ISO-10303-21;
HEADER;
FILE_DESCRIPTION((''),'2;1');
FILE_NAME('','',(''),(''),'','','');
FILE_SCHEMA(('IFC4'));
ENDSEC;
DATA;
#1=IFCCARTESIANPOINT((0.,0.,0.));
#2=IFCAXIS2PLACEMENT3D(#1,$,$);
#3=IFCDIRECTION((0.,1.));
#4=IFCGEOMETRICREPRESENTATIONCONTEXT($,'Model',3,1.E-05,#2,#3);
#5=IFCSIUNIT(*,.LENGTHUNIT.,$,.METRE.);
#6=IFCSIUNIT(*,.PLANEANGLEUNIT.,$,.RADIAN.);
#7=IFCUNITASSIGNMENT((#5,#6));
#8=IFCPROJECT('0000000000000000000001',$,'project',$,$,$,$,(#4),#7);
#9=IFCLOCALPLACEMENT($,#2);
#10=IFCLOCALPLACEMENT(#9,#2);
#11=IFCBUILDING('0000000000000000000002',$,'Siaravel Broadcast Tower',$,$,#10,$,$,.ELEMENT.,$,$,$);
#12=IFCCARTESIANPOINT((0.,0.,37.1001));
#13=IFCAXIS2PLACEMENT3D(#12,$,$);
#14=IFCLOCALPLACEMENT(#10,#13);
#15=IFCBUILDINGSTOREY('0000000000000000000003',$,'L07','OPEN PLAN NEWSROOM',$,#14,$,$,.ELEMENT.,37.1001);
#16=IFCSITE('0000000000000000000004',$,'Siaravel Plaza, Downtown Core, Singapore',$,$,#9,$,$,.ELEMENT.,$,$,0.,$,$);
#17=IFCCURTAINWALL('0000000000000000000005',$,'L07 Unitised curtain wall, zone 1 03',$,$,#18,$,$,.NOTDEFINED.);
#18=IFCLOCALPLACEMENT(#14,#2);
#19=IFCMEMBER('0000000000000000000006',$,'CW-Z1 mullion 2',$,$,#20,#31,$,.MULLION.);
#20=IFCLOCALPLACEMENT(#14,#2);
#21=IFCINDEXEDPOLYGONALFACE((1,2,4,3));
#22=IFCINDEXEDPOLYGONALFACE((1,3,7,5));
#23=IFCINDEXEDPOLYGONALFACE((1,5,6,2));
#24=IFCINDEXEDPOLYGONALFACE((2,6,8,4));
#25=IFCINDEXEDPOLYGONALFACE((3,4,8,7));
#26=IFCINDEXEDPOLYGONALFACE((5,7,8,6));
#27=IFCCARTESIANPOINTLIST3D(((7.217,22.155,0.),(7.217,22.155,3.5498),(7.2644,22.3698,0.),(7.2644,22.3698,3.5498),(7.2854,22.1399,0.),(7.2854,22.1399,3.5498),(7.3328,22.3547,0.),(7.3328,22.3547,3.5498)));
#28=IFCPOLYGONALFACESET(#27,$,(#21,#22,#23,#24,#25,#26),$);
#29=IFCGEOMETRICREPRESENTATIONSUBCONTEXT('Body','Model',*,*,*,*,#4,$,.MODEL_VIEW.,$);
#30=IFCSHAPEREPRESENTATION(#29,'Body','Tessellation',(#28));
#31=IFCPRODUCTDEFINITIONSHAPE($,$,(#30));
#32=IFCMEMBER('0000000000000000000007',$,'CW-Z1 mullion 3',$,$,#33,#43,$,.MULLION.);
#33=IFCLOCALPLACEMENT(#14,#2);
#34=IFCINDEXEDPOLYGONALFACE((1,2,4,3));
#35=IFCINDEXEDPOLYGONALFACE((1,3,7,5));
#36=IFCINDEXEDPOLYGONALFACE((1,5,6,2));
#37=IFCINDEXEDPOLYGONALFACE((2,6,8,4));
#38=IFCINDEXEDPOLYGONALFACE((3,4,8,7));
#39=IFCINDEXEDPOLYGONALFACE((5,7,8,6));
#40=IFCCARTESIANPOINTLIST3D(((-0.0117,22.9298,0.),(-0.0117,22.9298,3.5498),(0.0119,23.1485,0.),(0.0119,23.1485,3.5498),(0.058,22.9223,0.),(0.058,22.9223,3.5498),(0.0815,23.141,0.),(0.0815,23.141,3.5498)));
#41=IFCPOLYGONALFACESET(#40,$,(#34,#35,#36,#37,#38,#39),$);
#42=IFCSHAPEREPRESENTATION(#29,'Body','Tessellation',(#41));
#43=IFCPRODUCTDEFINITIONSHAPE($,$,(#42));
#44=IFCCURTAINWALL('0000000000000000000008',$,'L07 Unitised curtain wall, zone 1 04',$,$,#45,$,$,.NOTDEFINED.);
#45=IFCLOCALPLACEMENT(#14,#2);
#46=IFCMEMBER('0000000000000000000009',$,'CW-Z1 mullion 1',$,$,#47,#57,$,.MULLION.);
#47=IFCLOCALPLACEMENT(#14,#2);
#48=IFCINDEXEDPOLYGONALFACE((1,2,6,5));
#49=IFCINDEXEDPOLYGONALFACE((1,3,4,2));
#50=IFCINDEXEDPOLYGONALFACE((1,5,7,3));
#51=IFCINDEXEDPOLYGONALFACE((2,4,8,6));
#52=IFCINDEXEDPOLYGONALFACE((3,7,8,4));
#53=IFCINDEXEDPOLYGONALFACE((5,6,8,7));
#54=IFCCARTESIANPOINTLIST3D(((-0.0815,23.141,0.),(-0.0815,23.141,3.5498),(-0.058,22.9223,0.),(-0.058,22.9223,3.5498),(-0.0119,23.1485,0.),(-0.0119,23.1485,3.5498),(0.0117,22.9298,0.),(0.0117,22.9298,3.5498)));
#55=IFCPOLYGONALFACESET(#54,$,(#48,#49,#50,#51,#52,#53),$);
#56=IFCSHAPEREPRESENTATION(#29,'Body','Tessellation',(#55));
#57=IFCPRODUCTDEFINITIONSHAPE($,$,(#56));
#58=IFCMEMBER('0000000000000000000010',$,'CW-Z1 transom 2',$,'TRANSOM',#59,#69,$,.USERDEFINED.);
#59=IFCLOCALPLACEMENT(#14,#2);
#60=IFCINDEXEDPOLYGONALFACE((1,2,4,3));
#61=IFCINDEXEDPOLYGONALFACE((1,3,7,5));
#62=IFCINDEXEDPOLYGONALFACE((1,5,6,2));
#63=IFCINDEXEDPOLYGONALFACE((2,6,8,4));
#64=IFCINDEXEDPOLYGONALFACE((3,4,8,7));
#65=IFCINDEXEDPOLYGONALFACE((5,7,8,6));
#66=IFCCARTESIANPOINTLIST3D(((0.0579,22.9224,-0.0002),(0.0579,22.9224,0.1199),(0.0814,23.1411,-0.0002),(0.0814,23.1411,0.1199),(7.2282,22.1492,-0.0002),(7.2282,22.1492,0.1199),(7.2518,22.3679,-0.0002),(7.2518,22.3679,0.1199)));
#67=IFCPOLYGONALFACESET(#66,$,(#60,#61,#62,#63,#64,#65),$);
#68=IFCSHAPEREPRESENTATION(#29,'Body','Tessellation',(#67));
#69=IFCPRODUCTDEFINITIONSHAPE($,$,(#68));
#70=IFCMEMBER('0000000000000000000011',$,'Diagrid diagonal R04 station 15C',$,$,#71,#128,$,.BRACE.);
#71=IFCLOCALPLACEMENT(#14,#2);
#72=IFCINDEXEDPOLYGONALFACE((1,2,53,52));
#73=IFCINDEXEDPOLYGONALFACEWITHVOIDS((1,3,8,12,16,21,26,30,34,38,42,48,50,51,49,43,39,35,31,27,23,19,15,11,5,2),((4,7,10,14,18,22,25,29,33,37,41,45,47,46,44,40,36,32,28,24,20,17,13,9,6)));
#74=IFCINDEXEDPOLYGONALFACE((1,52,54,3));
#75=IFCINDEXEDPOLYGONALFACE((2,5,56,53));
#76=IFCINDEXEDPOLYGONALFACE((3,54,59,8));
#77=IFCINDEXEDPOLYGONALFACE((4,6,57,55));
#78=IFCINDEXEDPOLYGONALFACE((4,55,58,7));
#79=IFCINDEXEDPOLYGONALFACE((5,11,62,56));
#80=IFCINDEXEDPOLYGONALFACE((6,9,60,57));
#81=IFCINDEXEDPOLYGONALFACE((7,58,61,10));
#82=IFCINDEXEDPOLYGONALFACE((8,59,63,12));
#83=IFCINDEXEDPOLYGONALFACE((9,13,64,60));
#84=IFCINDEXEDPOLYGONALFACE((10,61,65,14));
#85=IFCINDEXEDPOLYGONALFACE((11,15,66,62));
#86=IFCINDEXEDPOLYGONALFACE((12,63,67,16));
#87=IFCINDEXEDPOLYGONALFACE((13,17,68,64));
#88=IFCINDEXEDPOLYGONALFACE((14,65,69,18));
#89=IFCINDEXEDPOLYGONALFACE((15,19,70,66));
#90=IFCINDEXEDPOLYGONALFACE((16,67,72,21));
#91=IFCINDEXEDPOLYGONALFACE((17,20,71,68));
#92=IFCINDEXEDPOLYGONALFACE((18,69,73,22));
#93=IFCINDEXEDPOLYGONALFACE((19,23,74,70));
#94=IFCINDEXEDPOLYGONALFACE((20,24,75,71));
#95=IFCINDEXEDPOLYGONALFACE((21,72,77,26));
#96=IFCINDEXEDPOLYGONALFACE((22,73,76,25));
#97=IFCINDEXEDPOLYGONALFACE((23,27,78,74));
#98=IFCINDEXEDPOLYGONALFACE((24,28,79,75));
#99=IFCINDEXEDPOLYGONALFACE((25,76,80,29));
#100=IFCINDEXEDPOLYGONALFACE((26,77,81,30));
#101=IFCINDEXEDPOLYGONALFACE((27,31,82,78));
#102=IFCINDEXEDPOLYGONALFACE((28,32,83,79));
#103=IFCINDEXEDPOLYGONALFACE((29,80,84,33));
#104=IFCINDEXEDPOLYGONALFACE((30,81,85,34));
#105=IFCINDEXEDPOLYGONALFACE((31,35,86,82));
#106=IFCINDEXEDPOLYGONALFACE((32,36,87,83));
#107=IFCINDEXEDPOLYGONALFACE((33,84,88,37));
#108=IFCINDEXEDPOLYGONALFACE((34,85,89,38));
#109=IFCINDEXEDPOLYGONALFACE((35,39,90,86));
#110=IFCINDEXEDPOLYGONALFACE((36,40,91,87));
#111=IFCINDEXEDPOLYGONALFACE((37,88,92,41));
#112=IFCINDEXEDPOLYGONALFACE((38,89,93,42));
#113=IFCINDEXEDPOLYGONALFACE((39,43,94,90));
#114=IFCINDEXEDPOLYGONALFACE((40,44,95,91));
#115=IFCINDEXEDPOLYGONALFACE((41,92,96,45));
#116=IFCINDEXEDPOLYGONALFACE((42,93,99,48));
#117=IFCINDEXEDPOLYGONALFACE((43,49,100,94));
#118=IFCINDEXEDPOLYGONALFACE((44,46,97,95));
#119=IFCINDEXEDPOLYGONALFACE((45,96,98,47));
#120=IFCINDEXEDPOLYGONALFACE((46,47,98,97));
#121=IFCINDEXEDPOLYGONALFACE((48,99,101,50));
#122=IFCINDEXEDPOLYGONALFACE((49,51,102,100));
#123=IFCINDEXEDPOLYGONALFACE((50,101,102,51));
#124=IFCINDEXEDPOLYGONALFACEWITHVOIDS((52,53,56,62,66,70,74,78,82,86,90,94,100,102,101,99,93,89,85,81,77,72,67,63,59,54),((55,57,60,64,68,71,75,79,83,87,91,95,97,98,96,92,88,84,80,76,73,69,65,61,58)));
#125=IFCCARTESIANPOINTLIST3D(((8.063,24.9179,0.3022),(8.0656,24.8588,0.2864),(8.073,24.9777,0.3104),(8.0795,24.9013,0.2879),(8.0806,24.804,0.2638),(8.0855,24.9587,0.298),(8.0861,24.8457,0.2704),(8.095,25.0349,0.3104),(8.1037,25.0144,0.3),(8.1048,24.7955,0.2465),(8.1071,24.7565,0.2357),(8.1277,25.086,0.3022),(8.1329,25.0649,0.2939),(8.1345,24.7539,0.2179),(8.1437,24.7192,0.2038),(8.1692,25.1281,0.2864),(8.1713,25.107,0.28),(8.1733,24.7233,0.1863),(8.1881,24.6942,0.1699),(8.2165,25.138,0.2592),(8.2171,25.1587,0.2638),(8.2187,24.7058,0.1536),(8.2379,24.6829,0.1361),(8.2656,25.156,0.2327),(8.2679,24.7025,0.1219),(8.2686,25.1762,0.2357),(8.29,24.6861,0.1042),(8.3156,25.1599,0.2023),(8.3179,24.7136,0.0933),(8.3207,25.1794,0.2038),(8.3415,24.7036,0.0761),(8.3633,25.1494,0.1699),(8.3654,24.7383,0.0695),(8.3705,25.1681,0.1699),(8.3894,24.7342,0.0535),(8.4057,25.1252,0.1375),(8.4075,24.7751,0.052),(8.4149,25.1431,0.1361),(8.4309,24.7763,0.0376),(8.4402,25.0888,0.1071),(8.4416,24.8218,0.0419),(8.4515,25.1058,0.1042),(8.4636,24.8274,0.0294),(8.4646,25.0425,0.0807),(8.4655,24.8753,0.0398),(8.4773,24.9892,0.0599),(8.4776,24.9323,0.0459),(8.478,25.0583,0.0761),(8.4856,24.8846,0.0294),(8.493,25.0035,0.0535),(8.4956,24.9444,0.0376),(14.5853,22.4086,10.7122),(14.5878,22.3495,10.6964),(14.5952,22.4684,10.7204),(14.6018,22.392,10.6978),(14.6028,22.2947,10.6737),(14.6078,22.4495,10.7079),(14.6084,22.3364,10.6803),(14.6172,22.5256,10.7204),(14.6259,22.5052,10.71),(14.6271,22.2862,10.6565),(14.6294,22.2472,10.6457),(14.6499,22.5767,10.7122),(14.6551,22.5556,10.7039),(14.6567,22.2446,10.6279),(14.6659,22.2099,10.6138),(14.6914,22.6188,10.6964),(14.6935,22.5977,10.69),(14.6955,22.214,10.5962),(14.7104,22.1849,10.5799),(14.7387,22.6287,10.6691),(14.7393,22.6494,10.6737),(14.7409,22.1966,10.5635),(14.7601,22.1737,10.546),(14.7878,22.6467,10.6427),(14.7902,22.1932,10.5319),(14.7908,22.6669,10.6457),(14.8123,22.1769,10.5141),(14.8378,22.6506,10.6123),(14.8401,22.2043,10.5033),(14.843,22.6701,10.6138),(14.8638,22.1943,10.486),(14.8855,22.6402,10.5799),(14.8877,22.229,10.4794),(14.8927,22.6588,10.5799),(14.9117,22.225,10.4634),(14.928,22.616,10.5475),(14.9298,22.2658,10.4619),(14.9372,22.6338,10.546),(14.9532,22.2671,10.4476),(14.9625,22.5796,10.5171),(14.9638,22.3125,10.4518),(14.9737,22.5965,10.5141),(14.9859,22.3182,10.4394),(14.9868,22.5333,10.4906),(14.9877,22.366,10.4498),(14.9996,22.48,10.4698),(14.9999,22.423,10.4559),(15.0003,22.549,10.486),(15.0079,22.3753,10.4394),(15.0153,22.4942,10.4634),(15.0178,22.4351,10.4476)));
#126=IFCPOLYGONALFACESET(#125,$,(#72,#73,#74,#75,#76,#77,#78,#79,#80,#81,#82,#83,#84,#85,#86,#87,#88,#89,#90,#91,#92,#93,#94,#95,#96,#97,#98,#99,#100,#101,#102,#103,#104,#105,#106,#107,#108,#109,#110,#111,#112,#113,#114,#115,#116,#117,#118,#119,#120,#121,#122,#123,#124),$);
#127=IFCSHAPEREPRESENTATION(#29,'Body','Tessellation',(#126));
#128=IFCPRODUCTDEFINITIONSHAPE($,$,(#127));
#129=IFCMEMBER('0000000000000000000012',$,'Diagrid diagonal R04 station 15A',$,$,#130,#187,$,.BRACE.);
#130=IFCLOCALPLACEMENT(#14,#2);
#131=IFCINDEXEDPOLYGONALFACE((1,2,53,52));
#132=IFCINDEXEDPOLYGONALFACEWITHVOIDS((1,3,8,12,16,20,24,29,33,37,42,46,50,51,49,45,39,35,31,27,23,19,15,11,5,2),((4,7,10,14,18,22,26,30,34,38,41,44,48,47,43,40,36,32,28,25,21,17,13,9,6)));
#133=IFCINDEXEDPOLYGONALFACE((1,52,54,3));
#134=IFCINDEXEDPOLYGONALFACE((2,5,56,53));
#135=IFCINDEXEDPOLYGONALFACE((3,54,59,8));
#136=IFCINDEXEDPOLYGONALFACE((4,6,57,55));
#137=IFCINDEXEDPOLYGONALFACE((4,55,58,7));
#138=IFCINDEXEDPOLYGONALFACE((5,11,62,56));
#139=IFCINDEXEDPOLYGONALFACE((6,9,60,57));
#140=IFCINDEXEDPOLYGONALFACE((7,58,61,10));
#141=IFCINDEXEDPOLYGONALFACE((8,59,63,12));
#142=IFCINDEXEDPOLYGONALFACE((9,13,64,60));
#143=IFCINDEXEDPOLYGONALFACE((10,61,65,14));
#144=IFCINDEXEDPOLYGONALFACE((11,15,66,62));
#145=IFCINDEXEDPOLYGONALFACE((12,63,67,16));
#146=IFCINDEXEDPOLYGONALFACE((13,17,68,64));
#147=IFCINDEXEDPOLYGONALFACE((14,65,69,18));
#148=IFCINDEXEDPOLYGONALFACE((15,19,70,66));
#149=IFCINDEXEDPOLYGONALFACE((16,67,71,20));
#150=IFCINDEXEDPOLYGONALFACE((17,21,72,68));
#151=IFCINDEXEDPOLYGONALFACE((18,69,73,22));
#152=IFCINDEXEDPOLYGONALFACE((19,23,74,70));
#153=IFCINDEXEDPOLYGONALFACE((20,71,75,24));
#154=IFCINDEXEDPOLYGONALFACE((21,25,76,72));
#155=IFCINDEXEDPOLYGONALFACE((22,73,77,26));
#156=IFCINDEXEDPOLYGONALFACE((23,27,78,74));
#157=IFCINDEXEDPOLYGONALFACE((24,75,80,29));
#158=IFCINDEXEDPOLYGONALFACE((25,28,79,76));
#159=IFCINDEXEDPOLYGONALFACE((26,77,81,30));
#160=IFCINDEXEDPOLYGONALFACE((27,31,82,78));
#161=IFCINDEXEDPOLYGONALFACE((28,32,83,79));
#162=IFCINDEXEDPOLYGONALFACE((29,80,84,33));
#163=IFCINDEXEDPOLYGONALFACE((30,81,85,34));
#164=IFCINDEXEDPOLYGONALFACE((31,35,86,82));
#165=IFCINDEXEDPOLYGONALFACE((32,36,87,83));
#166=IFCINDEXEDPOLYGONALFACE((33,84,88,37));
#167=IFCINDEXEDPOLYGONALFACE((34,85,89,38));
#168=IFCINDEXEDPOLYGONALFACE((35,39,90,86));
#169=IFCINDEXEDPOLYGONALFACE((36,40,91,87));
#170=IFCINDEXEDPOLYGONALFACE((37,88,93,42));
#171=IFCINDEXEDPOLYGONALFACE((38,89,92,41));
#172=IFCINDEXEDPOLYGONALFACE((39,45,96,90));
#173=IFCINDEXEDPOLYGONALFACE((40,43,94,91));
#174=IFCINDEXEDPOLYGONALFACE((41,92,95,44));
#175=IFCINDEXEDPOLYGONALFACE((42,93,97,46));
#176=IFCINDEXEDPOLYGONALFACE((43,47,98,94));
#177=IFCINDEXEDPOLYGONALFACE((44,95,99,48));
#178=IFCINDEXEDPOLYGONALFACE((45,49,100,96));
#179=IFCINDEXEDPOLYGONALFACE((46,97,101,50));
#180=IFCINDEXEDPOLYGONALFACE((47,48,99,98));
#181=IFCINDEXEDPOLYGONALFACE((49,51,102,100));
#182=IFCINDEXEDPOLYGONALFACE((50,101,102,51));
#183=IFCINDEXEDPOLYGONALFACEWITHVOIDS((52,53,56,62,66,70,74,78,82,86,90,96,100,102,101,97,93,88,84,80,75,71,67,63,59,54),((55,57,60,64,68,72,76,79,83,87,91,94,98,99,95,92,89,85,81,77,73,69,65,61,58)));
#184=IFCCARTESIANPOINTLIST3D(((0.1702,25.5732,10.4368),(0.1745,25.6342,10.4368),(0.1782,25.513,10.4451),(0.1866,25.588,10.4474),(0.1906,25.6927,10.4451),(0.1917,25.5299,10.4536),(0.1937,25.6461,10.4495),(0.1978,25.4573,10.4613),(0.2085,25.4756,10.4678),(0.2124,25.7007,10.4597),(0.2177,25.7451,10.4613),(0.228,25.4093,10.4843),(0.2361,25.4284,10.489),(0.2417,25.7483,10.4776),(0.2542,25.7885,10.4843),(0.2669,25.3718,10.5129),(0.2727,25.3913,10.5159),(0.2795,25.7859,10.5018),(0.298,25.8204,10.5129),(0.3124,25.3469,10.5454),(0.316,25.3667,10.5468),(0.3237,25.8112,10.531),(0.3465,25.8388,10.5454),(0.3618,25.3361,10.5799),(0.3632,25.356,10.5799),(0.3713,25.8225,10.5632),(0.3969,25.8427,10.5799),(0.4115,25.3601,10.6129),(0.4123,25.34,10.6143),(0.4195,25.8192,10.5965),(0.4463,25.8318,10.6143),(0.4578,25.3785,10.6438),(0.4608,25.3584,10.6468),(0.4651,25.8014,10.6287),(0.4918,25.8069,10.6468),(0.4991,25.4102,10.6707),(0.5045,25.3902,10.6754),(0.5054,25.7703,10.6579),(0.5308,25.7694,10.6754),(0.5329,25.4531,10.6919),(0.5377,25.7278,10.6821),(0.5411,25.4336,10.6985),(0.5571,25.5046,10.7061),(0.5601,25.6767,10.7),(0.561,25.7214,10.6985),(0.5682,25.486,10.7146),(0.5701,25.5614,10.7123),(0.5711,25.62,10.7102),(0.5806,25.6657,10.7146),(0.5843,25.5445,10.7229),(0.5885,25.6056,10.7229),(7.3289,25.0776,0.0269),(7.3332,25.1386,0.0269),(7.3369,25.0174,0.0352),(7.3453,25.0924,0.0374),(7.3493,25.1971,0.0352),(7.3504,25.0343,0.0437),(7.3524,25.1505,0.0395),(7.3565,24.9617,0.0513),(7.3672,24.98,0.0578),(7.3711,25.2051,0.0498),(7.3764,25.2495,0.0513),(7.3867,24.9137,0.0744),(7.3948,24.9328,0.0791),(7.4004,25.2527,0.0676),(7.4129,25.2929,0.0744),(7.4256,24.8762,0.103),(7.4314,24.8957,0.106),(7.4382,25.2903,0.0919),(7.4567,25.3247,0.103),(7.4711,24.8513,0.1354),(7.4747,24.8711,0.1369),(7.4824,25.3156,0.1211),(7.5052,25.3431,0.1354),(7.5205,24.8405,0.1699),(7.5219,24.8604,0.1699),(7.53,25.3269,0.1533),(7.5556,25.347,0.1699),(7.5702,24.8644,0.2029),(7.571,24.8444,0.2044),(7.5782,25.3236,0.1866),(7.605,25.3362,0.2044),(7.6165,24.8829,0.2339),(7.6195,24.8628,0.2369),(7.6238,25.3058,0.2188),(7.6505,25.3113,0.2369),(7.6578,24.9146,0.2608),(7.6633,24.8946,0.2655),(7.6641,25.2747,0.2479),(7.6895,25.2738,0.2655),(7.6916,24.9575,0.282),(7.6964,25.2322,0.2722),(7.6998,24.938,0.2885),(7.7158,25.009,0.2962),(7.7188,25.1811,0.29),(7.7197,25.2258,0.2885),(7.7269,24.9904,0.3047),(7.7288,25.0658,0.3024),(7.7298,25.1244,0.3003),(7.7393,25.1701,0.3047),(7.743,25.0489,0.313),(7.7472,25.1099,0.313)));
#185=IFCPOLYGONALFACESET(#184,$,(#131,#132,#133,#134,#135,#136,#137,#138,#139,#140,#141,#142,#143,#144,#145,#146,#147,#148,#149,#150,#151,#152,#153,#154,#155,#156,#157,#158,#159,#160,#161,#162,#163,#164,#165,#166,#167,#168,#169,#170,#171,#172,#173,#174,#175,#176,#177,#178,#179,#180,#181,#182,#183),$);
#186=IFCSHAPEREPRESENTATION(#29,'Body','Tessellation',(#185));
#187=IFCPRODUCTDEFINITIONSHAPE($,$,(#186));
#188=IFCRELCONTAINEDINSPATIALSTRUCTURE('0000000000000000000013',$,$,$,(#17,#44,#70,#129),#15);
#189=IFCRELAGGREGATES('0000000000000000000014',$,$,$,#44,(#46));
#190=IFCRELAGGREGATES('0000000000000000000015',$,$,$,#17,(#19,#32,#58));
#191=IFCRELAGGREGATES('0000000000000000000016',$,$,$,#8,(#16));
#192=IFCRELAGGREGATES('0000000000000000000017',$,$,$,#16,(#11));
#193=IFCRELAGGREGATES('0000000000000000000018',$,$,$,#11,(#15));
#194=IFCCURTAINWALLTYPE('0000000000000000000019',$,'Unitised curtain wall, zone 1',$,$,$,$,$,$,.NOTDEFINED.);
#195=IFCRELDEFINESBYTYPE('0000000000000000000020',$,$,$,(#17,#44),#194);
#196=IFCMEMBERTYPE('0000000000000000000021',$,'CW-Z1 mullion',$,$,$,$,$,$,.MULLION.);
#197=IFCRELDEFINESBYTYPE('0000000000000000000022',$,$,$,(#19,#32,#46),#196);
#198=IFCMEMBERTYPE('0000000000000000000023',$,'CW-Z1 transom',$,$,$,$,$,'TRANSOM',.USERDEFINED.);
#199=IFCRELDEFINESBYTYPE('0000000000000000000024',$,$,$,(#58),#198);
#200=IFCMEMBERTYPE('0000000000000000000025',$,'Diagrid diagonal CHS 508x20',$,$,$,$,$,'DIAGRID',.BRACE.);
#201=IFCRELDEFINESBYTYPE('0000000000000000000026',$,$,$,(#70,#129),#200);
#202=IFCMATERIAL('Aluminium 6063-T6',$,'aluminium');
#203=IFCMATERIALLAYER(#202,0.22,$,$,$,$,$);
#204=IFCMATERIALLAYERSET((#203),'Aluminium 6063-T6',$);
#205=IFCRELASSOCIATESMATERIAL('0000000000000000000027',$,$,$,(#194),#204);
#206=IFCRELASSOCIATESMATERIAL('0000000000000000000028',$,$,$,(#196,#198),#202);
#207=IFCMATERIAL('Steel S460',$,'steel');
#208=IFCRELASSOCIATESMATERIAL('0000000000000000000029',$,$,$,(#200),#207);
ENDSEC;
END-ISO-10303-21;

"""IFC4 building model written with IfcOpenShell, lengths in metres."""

from ifc_helpers import new_model, si_unit, direction, frame, origin, origin_2d, place, context, subcontext, project, spatial, rectangle, hollow_circle, extrude, material, layer, layer_set, material_profile, profile_set, type_object, element, aggregate, save


model = new_model("IFC4")

# Units and contexts
model_context = context("Model", 3, precision=1e-05, world=origin(), true_north=direction((0.0, 1.0)))
body_context = subcontext(model_context, "Body", "Model", "MODEL_VIEW")
ifc_project = project(units=[si_unit("LENGTHUNIT", "METRE"), si_unit("PLANEANGLEUNIT", "RADIAN")], contexts=[model_context])

# Site, building, storey
site_placement = place(None, origin())
site = spatial("IfcSite", under=ifc_project, at=site_placement, Name="Siaravel Plaza, Downtown Core, Singapore", CompositionType="ELEMENT", RefElevation=0.0)
building_placement = place(site_placement, origin())
building = spatial("IfcBuilding", under=site, at=building_placement, Name="Siaravel Broadcast Tower", CompositionType="ELEMENT")
storey_placement = place(building_placement, frame((0.0, 0.0, 37.1001)))
storey = spatial("IfcBuildingStorey", under=building, at=storey_placement, Name="L07", Description="OPEN PLAN NEWSROOM", CompositionType="ELEMENT", Elevation=37.1001)

# Curtain wall, members
ifc_material_1 = material(Name="Aluminium 6063-T6", Category="aluminium")
ifc_layer_1 = layer(ifc_material_1, 0.22)
ifc_layer_set_1 = layer_set([ifc_layer_1], Name="Aluminium 6063-T6")
curtain_wall_type = type_object("IfcCurtainWallType", Name="Unitised curtain wall, zone 1", PredefinedType="NOTDEFINED", material=ifc_layer_set_1)
curtain_wall_1_placement = place(storey_placement, origin())
curtain_wall_1 = element("IfcCurtainWall", 1, at=curtain_wall_1_placement, inside=storey, type_object=curtain_wall_type, Name="L07 Unitised curtain wall, zone 1 03", PredefinedType="NOTDEFINED")
ifc_material_profile_1 = material_profile(ifc_material_1, rectangle(XDim=0.22, YDim=0.0701, at=origin_2d()))
ifc_profile_set_1 = profile_set([ifc_material_profile_1], Name="Aluminium 6063-T6")
member_type_1 = type_object("IfcMemberType", Name="CW-Z1 mullion", PredefinedType="MULLION", material=ifc_profile_set_1)
member_1_placement = place(storey_placement, frame((7.2749, 22.2549, 0.0), z_axis=(0.0, 0.0, 1.0), x_axis=(-0.215558, -0.976491, 0.0)))
member_1 = element("IfcMember", 2, at=member_1_placement, type_object=member_type_1, Name="CW-Z1 mullion 2", PredefinedType="MULLION", context=body_context, shape_type="SweptSolid", body=[
    extrude(rectangle(XDim=0.22, YDim=0.0701, at=origin_2d()), origin(), (0.0, 0.0, 1.0), 3.5498),
])
member_2_placement = place(storey_placement, frame((0.0349, 23.0354, 0.0), z_axis=(0.0, 0.0, 1.0), x_axis=(-0.107218, -0.994236, 0.0)))
member_2 = element("IfcMember", 3, at=member_2_placement, type_object=member_type_1, Name="CW-Z1 mullion 3", PredefinedType="MULLION", context=body_context, shape_type="SweptSolid", body=[
    extrude(rectangle(XDim=0.22, YDim=0.0701, at=origin_2d()), origin(), (0.0, 0.0, 1.0), 3.5498),
])

# Curtain wall, member
curtain_wall_2_placement = place(storey_placement, origin())
curtain_wall_2 = element("IfcCurtainWall", 4, at=curtain_wall_2_placement, inside=storey, type_object=curtain_wall_type, Name="L07 Unitised curtain wall, zone 1 04", PredefinedType="NOTDEFINED")
member_3_placement = place(storey_placement, frame((-0.0349, 23.0354, 0.0), z_axis=(0.0, 0.0, 1.0), x_axis=(0.107218, -0.994236, 0.0)))
member_3 = element("IfcMember", 5, at=member_3_placement, type_object=member_type_1, Name="CW-Z1 mullion 1", PredefinedType="MULLION", context=body_context, shape_type="SweptSolid", body=[
    extrude(rectangle(XDim=0.22, YDim=0.0701, at=origin_2d()), origin(), (0.0, 0.0, 1.0), 3.5498),
])
aggregate(curtain_wall_2, [member_3])

# Member
ifc_material_profile_2 = material_profile(ifc_material_1, rectangle(XDim=0.22, YDim=0.1201, at=origin_2d()))
ifc_profile_set_2 = profile_set([ifc_material_profile_2], Name="Aluminium 6063-T6")
member_type_2 = type_object("IfcMemberType", Name="CW-Z1 transom", ElementType="TRANSOM", PredefinedType="USERDEFINED", material=ifc_profile_set_2)
member_4_placement = place(storey_placement, frame((7.24, 22.2585, 0.0598), z_axis=(-0.994236, 0.10721, 0.0), x_axis=(-0.10721, -0.994236, 0.0)))
member_4 = element("IfcMember", 6, at=member_4_placement, type_object=member_type_2, Name="CW-Z1 transom 2", ObjectType="TRANSOM", PredefinedType="USERDEFINED", context=body_context, shape_type="SweptSolid", body=[
    extrude(rectangle(XDim=0.22, YDim=0.1201, at=origin_2d()), origin(), (0.0, 0.0, 1.0), 7.2119),
])

# Members
ifc_material_2 = material(Name="Steel S460", Category="steel")
ifc_material_profile_3 = material_profile(ifc_material_2, hollow_circle(Radius=0.2539, WallThickness=0.02, at=origin_2d()))
ifc_profile_set_3 = profile_set([ifc_material_profile_3], Name="Steel S460")
member_type_3 = type_object("IfcMemberType", Name="Diagrid diagonal CHS 508x20", ElementType="DIAGRID", PredefinedType="BRACE", material=ifc_profile_set_3)
member_5_placement = place(storey_placement, frame((8.2793, 24.9312, 0.1699), z_axis=(0.520195, -0.200133, 0.830267), x_axis=(0.35907, 0.93331, 0.0)))
element("IfcMember", 7, at=member_5_placement, inside=storey, type_object=member_type_3, Name="Diagrid diagonal R04 station 15C", PredefinedType="BRACE", context=body_context, shape_type="SweptSolid", body=[
    extrude(hollow_circle(Radius=0.2539, WallThickness=0.02, at=origin_2d()), origin(), (0.0, 0.0, 1.0), 12.5381),
])
member_6_placement = place(storey_placement, frame((7.5381, 25.0938, 0.1699), z_axis=(-0.566194, 0.039198, 0.823339), x_axis=(-0.069066, -0.997612, 0.0)))
element("IfcMember", 8, at=member_6_placement, inside=storey, type_object=member_type_3, Name="Diagrid diagonal R04 station 15A", PredefinedType="BRACE", context=body_context, shape_type="SweptSolid", body=[
    extrude(hollow_circle(Radius=0.2539, WallThickness=0.02, at=origin_2d()), origin(), (0.0, 0.0, 1.0), 12.6436),
])

aggregate(curtain_wall_1, [member_1, member_2, member_4])

save(model, "model.ifc")
